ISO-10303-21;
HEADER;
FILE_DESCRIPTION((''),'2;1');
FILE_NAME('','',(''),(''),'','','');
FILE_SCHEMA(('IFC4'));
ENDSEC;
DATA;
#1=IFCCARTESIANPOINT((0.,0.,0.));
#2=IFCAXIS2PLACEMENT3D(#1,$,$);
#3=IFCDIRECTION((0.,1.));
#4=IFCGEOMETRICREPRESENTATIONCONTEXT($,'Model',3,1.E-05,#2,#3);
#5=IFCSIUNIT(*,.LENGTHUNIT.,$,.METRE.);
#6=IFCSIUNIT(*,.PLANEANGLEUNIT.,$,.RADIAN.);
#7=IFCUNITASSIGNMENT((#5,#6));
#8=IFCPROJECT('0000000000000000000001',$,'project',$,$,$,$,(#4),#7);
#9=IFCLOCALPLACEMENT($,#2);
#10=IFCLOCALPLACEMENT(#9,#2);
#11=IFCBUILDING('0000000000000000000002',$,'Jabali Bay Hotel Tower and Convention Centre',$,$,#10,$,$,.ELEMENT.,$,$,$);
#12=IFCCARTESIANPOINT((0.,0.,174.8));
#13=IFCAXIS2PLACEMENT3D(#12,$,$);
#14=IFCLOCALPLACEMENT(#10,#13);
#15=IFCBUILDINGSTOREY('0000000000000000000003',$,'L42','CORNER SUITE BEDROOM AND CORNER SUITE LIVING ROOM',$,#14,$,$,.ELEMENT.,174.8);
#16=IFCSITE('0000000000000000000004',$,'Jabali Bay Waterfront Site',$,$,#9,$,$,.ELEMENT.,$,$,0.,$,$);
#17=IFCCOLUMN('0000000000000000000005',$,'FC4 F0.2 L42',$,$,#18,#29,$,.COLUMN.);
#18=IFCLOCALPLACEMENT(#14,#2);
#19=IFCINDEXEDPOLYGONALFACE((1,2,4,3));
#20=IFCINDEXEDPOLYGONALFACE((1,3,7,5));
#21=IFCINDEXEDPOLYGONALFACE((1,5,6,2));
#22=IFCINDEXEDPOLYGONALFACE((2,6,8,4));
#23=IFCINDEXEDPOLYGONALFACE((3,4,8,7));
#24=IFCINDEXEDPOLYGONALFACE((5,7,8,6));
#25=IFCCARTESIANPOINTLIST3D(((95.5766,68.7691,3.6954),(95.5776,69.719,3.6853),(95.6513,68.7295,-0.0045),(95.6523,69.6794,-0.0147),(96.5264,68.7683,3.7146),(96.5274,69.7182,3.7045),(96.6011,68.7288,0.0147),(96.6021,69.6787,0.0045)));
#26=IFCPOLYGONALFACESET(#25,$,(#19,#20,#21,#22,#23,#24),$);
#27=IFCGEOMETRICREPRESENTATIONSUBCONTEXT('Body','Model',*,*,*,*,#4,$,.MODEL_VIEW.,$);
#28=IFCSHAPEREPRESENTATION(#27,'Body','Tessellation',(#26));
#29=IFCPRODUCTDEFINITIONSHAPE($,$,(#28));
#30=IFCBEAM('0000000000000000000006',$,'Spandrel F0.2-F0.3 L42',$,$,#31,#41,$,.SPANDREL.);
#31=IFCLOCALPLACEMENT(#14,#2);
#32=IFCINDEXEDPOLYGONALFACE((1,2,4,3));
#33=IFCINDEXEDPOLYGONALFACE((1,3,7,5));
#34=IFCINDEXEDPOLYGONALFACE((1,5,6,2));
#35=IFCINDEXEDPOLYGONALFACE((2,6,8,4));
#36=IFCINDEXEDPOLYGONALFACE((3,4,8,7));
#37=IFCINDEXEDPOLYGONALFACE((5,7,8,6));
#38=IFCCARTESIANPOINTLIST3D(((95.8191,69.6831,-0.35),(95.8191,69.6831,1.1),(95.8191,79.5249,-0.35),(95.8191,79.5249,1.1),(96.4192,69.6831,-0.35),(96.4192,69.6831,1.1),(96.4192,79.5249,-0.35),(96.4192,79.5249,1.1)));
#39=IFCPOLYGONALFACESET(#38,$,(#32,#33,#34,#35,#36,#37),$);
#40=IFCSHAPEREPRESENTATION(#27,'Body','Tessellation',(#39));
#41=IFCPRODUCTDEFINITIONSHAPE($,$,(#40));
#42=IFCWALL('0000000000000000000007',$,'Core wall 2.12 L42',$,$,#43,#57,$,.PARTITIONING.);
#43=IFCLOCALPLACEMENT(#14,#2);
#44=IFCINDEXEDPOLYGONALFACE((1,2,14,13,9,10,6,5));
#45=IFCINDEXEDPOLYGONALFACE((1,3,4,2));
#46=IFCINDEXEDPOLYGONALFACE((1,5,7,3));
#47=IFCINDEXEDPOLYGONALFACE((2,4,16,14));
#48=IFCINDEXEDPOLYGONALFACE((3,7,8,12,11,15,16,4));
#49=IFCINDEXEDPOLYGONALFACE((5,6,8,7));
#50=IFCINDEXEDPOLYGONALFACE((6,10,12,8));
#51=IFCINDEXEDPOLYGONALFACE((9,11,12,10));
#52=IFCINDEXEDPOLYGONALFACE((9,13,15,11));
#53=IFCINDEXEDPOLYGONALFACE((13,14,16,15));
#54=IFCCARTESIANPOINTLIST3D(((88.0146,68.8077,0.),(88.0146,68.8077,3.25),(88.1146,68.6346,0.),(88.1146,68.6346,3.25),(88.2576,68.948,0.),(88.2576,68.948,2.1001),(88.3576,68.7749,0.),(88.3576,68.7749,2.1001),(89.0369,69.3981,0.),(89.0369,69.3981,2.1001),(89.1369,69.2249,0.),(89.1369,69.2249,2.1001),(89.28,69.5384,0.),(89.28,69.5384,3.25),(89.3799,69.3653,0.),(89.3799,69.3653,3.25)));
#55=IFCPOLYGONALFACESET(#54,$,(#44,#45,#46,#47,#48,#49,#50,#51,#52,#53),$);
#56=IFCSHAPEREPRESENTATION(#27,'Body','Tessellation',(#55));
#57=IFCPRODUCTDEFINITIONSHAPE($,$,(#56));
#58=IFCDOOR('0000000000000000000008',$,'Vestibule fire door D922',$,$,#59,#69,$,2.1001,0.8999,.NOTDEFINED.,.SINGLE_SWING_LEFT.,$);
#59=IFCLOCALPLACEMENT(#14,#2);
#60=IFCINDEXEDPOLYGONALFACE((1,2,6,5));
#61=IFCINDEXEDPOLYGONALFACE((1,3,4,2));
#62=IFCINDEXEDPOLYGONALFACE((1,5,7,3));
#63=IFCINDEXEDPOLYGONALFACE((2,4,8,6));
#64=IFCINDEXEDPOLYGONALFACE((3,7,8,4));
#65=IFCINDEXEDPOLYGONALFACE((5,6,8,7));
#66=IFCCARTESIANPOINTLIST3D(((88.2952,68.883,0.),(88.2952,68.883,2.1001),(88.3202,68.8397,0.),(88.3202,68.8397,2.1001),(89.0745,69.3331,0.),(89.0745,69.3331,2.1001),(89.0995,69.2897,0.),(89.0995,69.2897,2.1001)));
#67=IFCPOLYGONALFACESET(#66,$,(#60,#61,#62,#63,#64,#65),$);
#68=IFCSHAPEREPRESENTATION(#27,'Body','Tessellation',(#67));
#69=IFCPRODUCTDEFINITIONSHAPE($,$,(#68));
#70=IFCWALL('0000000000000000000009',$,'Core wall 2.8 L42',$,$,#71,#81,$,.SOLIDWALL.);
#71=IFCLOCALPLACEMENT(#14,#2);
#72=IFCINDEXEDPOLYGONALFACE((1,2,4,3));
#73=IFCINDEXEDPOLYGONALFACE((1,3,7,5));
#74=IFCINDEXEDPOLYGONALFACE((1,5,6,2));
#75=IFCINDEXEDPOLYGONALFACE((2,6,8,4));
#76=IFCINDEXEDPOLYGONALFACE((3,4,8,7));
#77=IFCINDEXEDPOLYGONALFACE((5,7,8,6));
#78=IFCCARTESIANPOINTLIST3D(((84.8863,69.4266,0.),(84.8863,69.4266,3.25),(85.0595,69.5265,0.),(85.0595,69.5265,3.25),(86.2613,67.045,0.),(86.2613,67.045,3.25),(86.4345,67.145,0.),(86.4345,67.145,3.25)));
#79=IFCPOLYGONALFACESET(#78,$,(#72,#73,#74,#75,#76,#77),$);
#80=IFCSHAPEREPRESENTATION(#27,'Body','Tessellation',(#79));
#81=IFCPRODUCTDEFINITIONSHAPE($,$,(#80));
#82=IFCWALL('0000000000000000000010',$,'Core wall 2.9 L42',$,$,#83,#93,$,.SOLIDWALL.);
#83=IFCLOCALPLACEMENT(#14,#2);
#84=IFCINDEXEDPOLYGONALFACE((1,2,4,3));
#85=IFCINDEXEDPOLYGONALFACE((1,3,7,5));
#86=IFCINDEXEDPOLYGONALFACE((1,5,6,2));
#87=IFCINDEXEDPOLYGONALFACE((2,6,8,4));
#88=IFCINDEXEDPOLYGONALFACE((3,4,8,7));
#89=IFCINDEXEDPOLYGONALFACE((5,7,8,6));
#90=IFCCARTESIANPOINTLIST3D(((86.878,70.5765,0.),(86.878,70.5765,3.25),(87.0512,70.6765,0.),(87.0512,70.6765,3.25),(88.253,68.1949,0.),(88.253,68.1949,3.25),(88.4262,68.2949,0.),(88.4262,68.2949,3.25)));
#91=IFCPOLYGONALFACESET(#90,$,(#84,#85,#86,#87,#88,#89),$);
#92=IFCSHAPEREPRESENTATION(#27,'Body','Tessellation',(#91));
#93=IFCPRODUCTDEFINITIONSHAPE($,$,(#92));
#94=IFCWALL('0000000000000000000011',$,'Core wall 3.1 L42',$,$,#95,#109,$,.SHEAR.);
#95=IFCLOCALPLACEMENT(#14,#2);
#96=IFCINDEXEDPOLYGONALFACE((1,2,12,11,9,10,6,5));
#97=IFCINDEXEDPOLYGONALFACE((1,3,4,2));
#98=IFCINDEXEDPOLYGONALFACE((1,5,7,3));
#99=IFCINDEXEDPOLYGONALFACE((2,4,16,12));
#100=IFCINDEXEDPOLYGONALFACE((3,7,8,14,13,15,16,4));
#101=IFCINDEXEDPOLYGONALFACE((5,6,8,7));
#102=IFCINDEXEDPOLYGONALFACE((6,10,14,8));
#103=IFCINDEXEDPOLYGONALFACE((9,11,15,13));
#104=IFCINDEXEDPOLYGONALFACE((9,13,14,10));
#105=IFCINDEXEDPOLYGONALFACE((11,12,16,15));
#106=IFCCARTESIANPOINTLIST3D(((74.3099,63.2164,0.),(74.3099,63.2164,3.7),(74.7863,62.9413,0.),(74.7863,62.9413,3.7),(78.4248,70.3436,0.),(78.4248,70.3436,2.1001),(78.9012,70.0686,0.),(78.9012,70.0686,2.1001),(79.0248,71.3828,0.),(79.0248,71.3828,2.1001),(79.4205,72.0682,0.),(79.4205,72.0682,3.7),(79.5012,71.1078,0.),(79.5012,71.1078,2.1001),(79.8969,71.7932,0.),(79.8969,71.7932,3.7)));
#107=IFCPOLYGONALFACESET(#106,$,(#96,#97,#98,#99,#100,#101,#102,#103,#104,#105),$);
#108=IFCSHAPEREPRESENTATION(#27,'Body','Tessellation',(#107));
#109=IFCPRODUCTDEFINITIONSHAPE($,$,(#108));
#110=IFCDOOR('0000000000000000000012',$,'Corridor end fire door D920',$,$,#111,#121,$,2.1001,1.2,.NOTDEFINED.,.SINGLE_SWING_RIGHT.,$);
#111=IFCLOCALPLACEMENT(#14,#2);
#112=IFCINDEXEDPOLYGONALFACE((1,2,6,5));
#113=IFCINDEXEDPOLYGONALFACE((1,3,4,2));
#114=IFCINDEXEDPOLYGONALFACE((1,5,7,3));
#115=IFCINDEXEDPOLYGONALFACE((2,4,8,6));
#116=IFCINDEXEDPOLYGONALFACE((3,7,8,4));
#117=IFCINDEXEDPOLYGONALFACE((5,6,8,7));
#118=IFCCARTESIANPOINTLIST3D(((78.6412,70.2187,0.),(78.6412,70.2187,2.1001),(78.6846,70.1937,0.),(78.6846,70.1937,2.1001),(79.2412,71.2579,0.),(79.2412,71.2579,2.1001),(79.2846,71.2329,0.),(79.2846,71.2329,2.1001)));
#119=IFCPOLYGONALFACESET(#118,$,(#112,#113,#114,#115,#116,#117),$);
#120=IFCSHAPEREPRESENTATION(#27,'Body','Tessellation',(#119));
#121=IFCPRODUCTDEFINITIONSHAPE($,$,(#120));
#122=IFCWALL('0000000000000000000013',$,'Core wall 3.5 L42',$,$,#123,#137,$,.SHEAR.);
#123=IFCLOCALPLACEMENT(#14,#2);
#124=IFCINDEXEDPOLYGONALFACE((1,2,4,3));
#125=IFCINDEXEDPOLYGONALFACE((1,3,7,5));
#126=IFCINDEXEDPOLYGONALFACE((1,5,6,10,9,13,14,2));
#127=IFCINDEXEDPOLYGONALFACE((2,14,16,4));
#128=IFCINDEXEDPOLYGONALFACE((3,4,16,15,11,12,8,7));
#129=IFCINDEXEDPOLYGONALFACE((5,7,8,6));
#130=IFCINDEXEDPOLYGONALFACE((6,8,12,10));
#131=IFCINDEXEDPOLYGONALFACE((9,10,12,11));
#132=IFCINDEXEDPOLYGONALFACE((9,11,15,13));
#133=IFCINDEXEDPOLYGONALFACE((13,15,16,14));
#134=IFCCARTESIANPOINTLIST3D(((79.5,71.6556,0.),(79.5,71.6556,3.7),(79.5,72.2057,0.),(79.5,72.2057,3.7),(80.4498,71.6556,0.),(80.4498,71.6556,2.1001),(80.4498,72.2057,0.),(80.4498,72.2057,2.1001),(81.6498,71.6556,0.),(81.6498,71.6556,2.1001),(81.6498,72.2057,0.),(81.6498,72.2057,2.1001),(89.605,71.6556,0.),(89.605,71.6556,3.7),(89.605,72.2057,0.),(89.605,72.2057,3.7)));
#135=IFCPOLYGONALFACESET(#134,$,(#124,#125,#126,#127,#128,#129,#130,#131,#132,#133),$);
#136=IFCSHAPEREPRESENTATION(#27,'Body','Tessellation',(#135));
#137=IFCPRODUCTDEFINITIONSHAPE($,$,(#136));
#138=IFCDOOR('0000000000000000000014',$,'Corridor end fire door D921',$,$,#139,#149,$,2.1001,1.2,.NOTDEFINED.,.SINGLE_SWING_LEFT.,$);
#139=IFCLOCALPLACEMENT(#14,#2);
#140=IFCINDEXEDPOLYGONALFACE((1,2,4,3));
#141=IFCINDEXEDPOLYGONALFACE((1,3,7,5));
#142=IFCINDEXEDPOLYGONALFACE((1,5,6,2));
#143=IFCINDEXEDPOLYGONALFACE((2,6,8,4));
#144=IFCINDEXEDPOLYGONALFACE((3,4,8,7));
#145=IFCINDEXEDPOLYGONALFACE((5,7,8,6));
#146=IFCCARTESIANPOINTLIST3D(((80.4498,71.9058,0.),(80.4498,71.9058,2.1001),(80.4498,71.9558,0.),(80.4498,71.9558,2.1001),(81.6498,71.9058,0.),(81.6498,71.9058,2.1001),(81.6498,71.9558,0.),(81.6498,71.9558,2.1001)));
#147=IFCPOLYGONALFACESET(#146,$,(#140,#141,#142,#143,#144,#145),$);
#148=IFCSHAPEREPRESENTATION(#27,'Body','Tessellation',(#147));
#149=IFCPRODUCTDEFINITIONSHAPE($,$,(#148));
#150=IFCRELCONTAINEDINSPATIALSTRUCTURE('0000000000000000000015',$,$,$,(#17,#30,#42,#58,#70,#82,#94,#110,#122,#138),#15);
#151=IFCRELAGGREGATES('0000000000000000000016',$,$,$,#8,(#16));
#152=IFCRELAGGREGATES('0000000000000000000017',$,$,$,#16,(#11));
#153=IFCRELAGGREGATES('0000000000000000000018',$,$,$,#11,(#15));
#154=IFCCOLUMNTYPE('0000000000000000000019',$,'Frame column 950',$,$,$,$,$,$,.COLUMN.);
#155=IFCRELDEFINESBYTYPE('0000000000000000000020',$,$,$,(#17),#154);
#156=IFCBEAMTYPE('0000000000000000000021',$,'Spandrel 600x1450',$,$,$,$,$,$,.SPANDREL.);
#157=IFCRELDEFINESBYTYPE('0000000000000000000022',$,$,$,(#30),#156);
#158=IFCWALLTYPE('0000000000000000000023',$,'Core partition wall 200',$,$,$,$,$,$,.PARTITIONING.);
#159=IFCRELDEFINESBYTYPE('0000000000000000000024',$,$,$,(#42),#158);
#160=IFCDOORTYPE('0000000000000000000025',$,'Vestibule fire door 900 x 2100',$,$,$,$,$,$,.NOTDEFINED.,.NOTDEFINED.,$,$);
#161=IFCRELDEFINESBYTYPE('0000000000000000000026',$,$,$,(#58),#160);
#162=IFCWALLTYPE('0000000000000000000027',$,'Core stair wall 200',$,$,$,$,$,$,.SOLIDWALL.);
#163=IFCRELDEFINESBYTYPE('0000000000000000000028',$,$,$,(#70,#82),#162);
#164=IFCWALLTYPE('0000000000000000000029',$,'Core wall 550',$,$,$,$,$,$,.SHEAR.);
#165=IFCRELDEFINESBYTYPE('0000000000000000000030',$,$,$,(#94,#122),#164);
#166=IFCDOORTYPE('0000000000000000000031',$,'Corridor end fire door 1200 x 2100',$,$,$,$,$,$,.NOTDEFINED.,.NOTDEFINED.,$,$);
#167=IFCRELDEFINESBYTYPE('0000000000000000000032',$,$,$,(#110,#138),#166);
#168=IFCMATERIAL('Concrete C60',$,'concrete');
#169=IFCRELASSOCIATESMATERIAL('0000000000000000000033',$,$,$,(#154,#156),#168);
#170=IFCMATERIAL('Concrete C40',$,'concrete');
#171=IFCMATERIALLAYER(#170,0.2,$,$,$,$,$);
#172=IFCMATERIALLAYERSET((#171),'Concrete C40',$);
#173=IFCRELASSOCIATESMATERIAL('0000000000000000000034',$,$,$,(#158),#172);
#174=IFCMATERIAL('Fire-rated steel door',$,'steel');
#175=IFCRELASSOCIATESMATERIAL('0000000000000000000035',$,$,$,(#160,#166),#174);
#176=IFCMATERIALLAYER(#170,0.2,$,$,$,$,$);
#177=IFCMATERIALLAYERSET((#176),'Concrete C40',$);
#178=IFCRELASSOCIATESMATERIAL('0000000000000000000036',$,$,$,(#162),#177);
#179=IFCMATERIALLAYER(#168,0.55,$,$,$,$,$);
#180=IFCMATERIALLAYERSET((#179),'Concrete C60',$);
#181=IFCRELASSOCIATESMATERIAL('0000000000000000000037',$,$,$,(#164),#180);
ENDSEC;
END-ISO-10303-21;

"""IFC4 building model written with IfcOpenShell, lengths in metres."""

from ifc_helpers import new_model, si_unit, direction, frame, frame_2d, origin, origin_2d, place, context, subcontext, project, spatial, rectangle, extrude, material, layer, layer_set, material_profile, profile_set, type_object, element, fill, save


model = new_model("IFC4")

# Units and contexts
model_context = context("Model", 3, precision=1e-05, world=origin(), true_north=direction((0.0, 1.0)))
body_context = subcontext(model_context, "Body", "Model", "MODEL_VIEW")
ifc_project = project(units=[si_unit("LENGTHUNIT", "METRE"), si_unit("PLANEANGLEUNIT", "RADIAN")], contexts=[model_context])

# Site, building, storey
site_placement = place(None, origin())
site = spatial("IfcSite", under=ifc_project, at=site_placement, Name="Jabali Bay Waterfront Site", CompositionType="ELEMENT", RefElevation=0.0)
building_placement = place(site_placement, origin())
building = spatial("IfcBuilding", under=site, at=building_placement, Name="Jabali Bay Hotel Tower and Convention Centre", CompositionType="ELEMENT")
storey_placement = place(building_placement, frame((0.0, 0.0, 174.8)))
storey = spatial("IfcBuildingStorey", under=building, at=storey_placement, Name="L42", Description="CORNER SUITE BEDROOM AND CORNER SUITE LIVING ROOM", CompositionType="ELEMENT", Elevation=174.8)

# Column
ifc_material_1 = material(Name="Concrete C60", Category="concrete")
ifc_material_profile_1 = material_profile(ifc_material_1, rectangle(XDim=0.95, YDim=0.95, at=origin_2d()), Name="Frame column 950")
ifc_profile_set_1 = profile_set([ifc_material_profile_1], Name="Concrete C60")
column_type = type_object("IfcColumnType", Name="Frame column 950", PredefinedType="COLUMN", material=ifc_profile_set_1)
column_placement = place(storey_placement, frame((96.1267, 69.2041, 0.0), z_axis=(-0.020186, 0.010687, 0.999739), x_axis=(-0.001013, -0.999943, 0.010668)))
element("IfcColumn", 1, at=column_placement, inside=storey, type_object=column_type, Name="FC4 F0.2 L42", PredefinedType="COLUMN", context=body_context, shape_type="SweptSolid", body=[
    extrude(rectangle(XDim=0.95, YDim=0.95, at=origin_2d()), origin(), (0.0, 0.0, 1.0), 3.7009),
])

# Beam
ifc_material_profile_2 = material_profile(ifc_material_1, rectangle(XDim=0.6001, YDim=1.45, at=origin_2d()), Name="Spandrel 600x1450")
ifc_profile_set_2 = profile_set([ifc_material_profile_2], Name="Concrete C60")
beam_type = type_object("IfcBeamType", Name="Spandrel 600x1450", PredefinedType="SPANDREL", material=ifc_profile_set_2)
beam_placement = place(storey_placement, frame((96.1191, 69.6831, 0.375), z_axis=(0.0, 1.0, 0.0), x_axis=(-1.0, 0.0, 0.0)))
element("IfcBeam", 2, at=beam_placement, inside=storey, type_object=beam_type, Name="Spandrel F0.2-F0.3 L42", PredefinedType="SPANDREL", context=body_context, shape_type="SweptSolid", body=[
    extrude(rectangle(XDim=0.6001, YDim=1.45, at=origin_2d()), origin(), (0.0, 0.0, 1.0), 9.8418),
])

# Wall, opening, door
ifc_material_2 = material(Name="Concrete C40", Category="concrete")
ifc_layer_1 = layer(ifc_material_2, 0.2)
ifc_layer_set_1 = layer_set([ifc_layer_1], Name="Concrete C40")
wall_type_1 = type_object("IfcWallType", Name="Core partition wall 200", PredefinedType="PARTITIONING", material=ifc_layer_set_1)
wall_1_placement = place(storey_placement, frame((88.0647, 68.7212, 0.0), z_axis=(0.0, 0.0, 1.0), x_axis=(0.865982, 0.500074, 0.0)))
wall_1 = element("IfcWall", 3, at=wall_1_placement, inside=storey, type_object=wall_type_1, Name="Core wall 2.12 L42", PredefinedType="PARTITIONING", context=body_context, shape_type="SweptSolid", body=[
    extrude(rectangle(XDim=1.4612, YDim=0.2, at=frame_2d((0.7305, 0.0))), origin(), (0.0, 0.0, 1.0), 3.25),
])
opening_1_placement = place(wall_1_placement, frame((0.2805, 0.0, 0.0)))
opening_1 = element("IfcOpeningElement", 4, at=opening_1_placement, cuts=wall_1, PredefinedType="OPENING", context=body_context, shape_type="SweptSolid", body=[
    extrude(rectangle(XDim=0.8999, YDim=2.1001, at=frame_2d((0.45, 1.05))), frame((0.0, 0.1104, 0.0), z_axis=(0.0, -1.0, 0.0), x_axis=(1.0, 0.0, 0.0)), (0.0, 0.0, 1.0), 0.2209),
])
ifc_material_3 = material(Name="Fire-rated steel door", Category="steel")
door_type_1 = type_object("IfcDoorType", Name="Vestibule fire door 900 x 2100", OperationType="NOTDEFINED", PredefinedType="NOTDEFINED", material=ifc_material_3)
door_1_placement = place(opening_1_placement, origin())
door_1 = element("IfcDoor", 5, at=door_1_placement, inside=storey, type_object=door_type_1, Name="Vestibule fire door D922", OperationType="SINGLE_SWING_LEFT", OverallHeight=2.1001, OverallWidth=0.8999, PredefinedType="NOTDEFINED", context=body_context, shape_type="SweptSolid", body=[
    extrude(rectangle(XDim=0.8999, YDim=2.1001, at=frame_2d((0.45, 1.05))), frame((0.0, 0.0249, 0.0), z_axis=(0.0, -1.0, 0.0), x_axis=(1.0, 0.0, 0.0)), (0.0, 0.0, 1.0), 0.05),
])
fill(opening_1, door_1)

# Walls
ifc_layer_2 = layer(ifc_material_2, 0.2)
ifc_layer_set_2 = layer_set([ifc_layer_2], Name="Concrete C40")
wall_type_2 = type_object("IfcWallType", Name="Core stair wall 200", PredefinedType="SOLIDWALL", material=ifc_layer_set_2)
for number, where, z_axis, x_axis, name in (
    (6, (84.9729, 69.4766, 0.0), (0.0, 0.0, 1.0), (0.499997, -0.866027, 0.0), "Core wall 2.8 L42"),
    (7, (86.9646, 70.6265, 0.0), (0.0, 0.0, 1.0), (0.499997, -0.866027, 0.0), "Core wall 2.9 L42"),
):
    element("IfcWall", number, at=place(storey_placement, frame(where, z_axis=z_axis, x_axis=x_axis)), inside=storey, type_object=wall_type_2, Name=name, PredefinedType="SOLIDWALL", context=body_context, shape_type="SweptSolid", body=[
        extrude(rectangle(XDim=2.75, YDim=0.2, at=frame_2d((1.375, 0.0))), origin(), (0.0, 0.0, 1.0), 3.25),
    ])

# Walls, openings, doors
ifc_layer_3 = layer(ifc_material_1, 0.55)
ifc_layer_set_3 = layer_set([ifc_layer_3], Name="Concrete C60")
wall_type_3 = type_object("IfcWallType", Name="Core wall 550", PredefinedType="SHEAR", material=ifc_layer_set_3)
wall_2_placement = place(storey_placement, frame((79.6587, 71.9307, 0.0), z_axis=(0.0, 0.0, 1.0), x_axis=(-0.5, -0.866025, 0.0)))
wall_2 = element("IfcWall", 8, at=wall_2_placement, inside=storey, type_object=wall_type_3, Name="Core wall 3.1 L42", PredefinedType="SHEAR", context=body_context, shape_type="SweptSolid", body=[
    extrude(rectangle(XDim=10.2212, YDim=0.55, at=frame_2d((5.1106, 0.0))), origin(), (0.0, 0.0, 1.0), 3.7),
])
opening_2_placement = place(wall_2_placement, frame((0.7913, 0.0, 0.0)))
opening_2 = element("IfcOpeningElement", 9, at=opening_2_placement, cuts=wall_2, PredefinedType="OPENING", context=body_context, shape_type="SweptSolid", body=[
    extrude(rectangle(XDim=1.2, YDim=2.1001, at=frame_2d((0.6001, 1.05))), frame((0.0, 0.2856, 0.0), z_axis=(0.0, -1.0, 0.0), x_axis=(1.0, 0.0, 0.0)), (0.0, 0.0, 1.0), 0.571),
])
door_type_2 = type_object("IfcDoorType", Name="Corridor end fire door 1200 x 2100", OperationType="NOTDEFINED", PredefinedType="NOTDEFINED", material=ifc_material_3)
door_2_placement = place(opening_2_placement, origin())
door_2 = element("IfcDoor", 10, at=door_2_placement, inside=storey, type_object=door_type_2, Name="Corridor end fire door D920", OperationType="SINGLE_SWING_RIGHT", OverallHeight=2.1001, OverallWidth=1.2, PredefinedType="NOTDEFINED", context=body_context, shape_type="SweptSolid", body=[
    extrude(rectangle(XDim=1.2, YDim=2.1001, at=frame_2d((0.6001, 1.05))), frame((0.0, 0.0249, 0.0), z_axis=(0.0, -1.0, 0.0), x_axis=(1.0, 0.0, 0.0)), (0.0, 0.0, 1.0), 0.05),
])
fill(opening_2, door_2)
wall_3_placement = place(storey_placement, frame((89.605, 71.9307, 0.0), z_axis=(0.0, 0.0, 1.0), x_axis=(-1.0, 0.0, 0.0)))
wall_3 = element("IfcWall", 11, at=wall_3_placement, inside=storey, type_object=wall_type_3, Name="Core wall 3.5 L42", PredefinedType="SHEAR", context=body_context, shape_type="SweptSolid", body=[
    extrude(rectangle(XDim=10.105, YDim=0.55, at=frame_2d((5.0525, 0.0))), origin(), (0.0, 0.0, 1.0), 3.7),
])
opening_3_placement = place(wall_3_placement, frame((7.9551, 0.0, 0.0)))
opening_3 = element("IfcOpeningElement", 12, at=opening_3_placement, cuts=wall_3, PredefinedType="OPENING", context=body_context, shape_type="SweptSolid", body=[
    extrude(rectangle(XDim=1.2, YDim=2.1001, at=frame_2d((0.6001, 1.05))), frame((0.0, 0.2856, 0.0), z_axis=(0.0, -1.0, 0.0), x_axis=(1.0, 0.0, 0.0)), (0.0, 0.0, 1.0), 0.571),
])
door_3_placement = place(opening_3_placement, origin())
door_3 = element("IfcDoor", 13, at=door_3_placement, inside=storey, type_object=door_type_2, Name="Corridor end fire door D921", OperationType="SINGLE_SWING_LEFT", OverallHeight=2.1001, OverallWidth=1.2, PredefinedType="NOTDEFINED", context=body_context, shape_type="SweptSolid", body=[
    extrude(rectangle(XDim=1.2, YDim=2.1001, at=frame_2d((0.6001, 1.05))), frame((0.0, 0.0249, 0.0), z_axis=(0.0, -1.0, 0.0), x_axis=(1.0, 0.0, 0.0)), (0.0, 0.0, 1.0), 0.05),
])
fill(opening_3, door_3)

save(model, "model.ifc")
